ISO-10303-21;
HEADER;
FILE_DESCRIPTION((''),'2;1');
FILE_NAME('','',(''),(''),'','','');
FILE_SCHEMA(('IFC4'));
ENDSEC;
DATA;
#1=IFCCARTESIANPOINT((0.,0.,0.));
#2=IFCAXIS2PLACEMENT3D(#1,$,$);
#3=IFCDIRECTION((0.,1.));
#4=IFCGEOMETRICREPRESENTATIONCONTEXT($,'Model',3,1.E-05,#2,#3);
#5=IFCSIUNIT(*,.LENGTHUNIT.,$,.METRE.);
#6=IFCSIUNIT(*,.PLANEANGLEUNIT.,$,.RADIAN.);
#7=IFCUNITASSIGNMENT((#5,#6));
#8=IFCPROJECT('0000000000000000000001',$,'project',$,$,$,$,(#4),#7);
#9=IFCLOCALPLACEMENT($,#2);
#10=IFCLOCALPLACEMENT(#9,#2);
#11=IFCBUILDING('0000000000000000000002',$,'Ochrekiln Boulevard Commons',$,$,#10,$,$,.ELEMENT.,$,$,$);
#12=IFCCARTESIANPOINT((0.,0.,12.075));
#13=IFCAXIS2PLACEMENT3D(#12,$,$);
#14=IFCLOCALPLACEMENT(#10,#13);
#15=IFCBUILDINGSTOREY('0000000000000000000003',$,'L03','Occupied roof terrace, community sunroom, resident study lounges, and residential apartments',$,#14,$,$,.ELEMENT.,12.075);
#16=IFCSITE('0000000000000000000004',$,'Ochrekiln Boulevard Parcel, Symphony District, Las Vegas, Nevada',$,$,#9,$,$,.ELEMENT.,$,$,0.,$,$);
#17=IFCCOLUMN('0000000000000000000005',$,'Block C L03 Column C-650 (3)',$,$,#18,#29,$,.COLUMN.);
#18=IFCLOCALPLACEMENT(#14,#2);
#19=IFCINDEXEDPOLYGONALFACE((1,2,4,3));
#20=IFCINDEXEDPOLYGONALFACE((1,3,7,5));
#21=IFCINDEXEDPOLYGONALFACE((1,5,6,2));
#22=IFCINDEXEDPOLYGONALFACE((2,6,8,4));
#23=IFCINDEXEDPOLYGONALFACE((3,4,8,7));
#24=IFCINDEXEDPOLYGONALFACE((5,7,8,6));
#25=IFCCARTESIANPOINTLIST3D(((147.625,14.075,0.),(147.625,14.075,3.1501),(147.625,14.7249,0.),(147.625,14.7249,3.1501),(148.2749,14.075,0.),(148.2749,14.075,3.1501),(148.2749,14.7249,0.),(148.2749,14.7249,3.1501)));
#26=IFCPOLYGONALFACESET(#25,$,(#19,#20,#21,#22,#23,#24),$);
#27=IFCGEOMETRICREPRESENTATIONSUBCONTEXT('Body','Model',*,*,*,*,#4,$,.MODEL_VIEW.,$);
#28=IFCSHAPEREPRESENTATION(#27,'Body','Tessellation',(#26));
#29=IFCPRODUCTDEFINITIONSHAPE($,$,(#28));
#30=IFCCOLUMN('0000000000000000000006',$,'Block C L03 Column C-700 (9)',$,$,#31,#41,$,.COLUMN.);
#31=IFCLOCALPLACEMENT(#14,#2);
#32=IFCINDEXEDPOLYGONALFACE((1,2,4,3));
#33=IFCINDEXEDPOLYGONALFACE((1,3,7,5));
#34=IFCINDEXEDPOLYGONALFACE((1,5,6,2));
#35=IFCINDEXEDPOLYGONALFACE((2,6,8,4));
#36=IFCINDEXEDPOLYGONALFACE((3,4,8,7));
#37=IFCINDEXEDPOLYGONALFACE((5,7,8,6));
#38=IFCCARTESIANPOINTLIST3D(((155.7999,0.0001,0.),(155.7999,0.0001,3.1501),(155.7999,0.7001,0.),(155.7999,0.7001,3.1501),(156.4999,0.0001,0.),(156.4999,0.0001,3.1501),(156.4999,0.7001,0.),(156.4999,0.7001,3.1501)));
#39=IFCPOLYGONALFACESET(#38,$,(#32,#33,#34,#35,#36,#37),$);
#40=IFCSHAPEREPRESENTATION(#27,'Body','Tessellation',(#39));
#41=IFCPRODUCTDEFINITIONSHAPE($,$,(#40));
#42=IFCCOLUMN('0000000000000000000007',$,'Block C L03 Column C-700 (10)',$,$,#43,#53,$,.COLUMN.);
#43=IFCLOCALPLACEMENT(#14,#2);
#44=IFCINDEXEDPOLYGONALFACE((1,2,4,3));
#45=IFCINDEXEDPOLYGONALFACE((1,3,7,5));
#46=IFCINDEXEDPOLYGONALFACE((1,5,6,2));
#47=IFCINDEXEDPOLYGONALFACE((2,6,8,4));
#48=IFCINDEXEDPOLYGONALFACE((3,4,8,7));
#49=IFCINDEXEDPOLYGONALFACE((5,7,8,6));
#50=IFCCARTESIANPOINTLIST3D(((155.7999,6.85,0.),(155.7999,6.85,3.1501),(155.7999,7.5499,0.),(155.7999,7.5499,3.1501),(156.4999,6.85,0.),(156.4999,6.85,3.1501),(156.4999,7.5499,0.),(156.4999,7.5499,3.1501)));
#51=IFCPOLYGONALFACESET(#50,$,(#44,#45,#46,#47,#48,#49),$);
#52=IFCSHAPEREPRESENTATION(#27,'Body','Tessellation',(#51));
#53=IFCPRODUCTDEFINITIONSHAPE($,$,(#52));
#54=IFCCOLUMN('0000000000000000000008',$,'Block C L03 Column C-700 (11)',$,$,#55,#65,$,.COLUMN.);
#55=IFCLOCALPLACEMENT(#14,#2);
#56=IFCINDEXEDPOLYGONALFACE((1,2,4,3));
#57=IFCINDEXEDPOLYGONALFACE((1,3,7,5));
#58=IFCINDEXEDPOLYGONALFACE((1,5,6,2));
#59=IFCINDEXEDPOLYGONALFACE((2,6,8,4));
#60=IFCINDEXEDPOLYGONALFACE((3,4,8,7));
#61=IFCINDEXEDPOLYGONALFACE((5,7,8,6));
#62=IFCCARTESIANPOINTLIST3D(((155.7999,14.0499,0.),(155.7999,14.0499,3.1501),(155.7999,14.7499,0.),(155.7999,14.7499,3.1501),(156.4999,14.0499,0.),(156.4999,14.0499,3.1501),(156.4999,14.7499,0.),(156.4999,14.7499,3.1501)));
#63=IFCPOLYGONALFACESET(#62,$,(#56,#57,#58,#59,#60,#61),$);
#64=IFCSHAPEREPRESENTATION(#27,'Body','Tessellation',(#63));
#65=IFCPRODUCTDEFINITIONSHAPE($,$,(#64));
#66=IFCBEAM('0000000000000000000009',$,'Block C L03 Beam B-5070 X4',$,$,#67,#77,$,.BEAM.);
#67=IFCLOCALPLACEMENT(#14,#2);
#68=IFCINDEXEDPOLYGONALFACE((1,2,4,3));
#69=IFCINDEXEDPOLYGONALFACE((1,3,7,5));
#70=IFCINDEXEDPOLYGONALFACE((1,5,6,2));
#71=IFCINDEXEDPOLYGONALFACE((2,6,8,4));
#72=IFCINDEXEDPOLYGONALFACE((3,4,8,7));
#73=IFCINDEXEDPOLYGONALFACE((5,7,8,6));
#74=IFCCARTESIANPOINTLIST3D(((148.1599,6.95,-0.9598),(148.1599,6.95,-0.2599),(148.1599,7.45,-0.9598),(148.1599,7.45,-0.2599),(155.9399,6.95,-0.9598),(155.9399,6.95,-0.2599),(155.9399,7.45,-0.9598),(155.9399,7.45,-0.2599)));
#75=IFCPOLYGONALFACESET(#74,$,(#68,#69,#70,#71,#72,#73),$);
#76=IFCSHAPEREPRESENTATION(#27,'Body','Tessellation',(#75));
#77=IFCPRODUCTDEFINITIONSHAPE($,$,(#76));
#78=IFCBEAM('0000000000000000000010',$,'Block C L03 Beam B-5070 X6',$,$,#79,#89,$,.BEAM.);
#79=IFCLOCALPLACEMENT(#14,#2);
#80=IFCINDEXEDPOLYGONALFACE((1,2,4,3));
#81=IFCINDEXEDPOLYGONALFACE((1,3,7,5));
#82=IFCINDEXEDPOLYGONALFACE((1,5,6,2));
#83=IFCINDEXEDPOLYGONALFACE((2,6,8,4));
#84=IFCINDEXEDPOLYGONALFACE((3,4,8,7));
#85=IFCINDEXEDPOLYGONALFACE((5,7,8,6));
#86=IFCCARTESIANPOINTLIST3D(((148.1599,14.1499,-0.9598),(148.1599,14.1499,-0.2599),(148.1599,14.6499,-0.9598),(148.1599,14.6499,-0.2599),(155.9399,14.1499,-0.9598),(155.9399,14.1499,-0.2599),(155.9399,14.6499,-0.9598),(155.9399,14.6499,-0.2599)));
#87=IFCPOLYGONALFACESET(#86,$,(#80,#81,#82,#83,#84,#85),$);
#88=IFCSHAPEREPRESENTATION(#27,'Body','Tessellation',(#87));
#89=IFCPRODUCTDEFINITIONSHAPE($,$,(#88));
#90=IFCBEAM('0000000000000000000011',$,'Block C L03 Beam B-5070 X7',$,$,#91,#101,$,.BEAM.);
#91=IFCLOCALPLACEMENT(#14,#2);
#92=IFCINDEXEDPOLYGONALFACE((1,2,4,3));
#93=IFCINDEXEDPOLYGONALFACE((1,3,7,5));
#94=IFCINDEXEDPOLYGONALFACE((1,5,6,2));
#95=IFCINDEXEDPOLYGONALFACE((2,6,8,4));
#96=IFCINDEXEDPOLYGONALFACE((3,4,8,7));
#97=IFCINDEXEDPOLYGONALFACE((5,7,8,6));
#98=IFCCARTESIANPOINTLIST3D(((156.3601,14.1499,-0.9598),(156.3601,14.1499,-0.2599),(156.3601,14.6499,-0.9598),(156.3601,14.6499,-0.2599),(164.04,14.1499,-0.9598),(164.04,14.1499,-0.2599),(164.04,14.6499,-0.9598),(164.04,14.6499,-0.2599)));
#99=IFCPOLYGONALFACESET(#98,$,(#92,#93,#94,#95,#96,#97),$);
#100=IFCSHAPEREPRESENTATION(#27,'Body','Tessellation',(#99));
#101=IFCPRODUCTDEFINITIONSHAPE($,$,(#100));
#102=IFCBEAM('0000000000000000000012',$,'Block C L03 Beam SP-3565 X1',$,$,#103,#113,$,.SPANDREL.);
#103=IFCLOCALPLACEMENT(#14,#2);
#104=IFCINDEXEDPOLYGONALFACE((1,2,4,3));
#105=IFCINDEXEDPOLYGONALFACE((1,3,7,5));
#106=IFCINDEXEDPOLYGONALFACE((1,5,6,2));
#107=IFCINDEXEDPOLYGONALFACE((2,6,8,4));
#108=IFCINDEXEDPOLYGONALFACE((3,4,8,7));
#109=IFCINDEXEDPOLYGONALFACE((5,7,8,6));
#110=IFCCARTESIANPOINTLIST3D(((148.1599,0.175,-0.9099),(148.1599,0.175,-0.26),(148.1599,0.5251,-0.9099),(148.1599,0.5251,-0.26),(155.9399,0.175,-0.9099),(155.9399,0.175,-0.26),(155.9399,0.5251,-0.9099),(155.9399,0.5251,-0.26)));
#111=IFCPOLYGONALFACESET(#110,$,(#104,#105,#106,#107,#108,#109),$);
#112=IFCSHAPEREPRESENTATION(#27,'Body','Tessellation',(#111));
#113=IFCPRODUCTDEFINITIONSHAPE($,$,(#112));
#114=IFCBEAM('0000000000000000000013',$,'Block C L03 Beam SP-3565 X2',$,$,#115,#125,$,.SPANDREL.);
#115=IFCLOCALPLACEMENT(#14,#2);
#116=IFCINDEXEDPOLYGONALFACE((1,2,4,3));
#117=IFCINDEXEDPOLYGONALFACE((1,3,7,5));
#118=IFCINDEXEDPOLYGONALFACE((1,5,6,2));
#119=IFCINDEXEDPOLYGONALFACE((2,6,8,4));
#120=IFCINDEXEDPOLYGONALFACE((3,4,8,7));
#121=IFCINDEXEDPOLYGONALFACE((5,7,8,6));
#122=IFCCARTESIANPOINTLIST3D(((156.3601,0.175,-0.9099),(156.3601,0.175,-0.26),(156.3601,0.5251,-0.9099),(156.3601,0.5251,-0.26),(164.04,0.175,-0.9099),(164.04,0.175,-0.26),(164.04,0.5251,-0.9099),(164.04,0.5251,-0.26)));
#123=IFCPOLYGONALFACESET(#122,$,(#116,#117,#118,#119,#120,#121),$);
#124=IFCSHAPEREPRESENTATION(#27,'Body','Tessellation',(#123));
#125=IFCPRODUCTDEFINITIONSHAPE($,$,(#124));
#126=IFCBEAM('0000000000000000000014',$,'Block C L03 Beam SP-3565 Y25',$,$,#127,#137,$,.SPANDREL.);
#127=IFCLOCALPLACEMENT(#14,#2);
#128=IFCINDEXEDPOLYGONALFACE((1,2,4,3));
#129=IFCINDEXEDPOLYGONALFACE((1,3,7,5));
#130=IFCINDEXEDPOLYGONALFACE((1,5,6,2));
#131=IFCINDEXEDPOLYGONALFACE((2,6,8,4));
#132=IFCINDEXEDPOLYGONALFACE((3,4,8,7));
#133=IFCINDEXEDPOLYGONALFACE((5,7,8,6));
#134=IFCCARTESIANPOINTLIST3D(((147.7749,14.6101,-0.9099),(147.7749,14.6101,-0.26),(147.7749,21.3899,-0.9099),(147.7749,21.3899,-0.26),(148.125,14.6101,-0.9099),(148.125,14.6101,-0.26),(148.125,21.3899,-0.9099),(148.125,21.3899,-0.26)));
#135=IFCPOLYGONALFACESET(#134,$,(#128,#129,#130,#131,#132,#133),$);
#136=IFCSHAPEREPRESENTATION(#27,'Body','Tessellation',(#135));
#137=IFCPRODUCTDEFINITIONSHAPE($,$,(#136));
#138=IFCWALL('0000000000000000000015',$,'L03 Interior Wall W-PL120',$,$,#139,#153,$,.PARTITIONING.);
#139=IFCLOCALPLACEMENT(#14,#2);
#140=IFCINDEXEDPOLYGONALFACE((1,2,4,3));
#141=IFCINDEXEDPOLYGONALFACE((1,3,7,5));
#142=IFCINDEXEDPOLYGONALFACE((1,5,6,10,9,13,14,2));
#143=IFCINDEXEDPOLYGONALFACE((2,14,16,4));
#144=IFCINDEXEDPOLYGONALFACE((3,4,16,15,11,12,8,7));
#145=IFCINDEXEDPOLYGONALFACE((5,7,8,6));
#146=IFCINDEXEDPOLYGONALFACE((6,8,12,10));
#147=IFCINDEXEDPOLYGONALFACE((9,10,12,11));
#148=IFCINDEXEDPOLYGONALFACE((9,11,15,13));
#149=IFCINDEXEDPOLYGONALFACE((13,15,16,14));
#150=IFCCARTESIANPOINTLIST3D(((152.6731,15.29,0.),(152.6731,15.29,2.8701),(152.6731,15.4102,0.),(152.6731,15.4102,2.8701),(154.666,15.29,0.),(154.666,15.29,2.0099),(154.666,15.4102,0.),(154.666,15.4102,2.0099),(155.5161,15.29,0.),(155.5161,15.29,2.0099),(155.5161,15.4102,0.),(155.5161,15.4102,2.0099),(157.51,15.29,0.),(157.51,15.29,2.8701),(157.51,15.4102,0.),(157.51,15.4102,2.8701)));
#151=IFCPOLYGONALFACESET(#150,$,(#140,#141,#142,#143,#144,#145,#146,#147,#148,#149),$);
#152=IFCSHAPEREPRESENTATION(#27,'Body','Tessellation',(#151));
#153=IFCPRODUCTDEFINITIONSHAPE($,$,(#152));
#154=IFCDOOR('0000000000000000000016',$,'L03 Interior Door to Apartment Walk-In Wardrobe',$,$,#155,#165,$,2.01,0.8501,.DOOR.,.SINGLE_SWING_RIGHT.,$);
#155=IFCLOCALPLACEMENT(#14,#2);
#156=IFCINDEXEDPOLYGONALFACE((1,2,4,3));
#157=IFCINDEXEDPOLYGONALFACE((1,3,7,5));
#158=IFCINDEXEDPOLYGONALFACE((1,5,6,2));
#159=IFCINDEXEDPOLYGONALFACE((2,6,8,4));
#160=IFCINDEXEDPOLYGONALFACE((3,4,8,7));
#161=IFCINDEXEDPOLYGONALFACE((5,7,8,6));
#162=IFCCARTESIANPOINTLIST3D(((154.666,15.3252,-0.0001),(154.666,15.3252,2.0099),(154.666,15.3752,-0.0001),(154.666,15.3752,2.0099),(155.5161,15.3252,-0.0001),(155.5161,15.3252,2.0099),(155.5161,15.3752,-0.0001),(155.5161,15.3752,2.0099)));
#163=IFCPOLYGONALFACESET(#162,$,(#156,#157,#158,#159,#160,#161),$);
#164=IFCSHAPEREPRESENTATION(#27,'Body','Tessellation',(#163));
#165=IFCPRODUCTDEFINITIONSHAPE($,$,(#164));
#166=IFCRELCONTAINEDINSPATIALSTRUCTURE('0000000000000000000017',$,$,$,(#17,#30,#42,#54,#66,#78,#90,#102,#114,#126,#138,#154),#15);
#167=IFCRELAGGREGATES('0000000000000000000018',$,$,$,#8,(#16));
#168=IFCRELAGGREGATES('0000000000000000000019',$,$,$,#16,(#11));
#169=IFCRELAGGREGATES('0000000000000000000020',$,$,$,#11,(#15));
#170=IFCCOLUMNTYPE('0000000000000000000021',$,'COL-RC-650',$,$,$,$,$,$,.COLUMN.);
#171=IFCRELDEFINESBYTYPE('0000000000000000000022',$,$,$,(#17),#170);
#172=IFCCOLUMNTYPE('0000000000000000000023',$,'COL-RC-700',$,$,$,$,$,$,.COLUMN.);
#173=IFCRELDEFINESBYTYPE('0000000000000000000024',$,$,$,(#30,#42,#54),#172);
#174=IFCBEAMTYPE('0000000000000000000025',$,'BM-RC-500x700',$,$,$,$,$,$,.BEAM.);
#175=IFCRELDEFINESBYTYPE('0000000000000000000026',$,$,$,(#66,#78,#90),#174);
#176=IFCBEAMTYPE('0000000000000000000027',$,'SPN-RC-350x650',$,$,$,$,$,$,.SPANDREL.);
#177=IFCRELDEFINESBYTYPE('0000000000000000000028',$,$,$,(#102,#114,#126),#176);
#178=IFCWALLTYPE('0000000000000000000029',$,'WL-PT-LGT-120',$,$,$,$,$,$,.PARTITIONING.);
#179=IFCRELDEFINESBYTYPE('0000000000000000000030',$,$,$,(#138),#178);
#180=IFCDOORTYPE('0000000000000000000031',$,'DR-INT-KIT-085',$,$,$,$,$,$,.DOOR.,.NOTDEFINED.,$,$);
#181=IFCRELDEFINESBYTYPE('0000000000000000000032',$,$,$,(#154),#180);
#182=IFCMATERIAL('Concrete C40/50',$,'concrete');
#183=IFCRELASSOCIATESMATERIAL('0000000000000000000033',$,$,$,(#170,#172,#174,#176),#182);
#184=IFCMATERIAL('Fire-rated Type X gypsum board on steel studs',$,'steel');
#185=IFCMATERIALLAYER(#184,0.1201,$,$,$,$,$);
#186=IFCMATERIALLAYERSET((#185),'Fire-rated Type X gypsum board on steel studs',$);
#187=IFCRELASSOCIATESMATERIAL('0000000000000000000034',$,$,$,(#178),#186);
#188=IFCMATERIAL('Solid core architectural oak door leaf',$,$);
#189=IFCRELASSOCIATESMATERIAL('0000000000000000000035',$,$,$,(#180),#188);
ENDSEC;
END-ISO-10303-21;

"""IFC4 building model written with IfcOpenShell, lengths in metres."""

from ifc_helpers import new_model, si_unit, direction, frame, frame_2d, origin, origin_2d, place, context, subcontext, project, spatial, rectangle, extrude, material, layer, layer_set, material_profile, profile_set, type_object, element, fill, save


model = new_model("IFC4")

# Units and contexts
model_context = context("Model", 3, precision=1e-05, world=origin(), true_north=direction((0.0, 1.0)))
body_context = subcontext(model_context, "Body", "Model", "MODEL_VIEW")
ifc_project = project(units=[si_unit("LENGTHUNIT", "METRE"), si_unit("PLANEANGLEUNIT", "RADIAN")], contexts=[model_context])

# Site, building, storey
site_placement = place(None, origin())
site = spatial("IfcSite", under=ifc_project, at=site_placement, Name="Ochrekiln Boulevard Parcel, Symphony District, Las Vegas, Nevada", CompositionType="ELEMENT", RefElevation=0.0)
building_placement = place(site_placement, origin())
building = spatial("IfcBuilding", under=site, at=building_placement, Name="Ochrekiln Boulevard Commons", CompositionType="ELEMENT")
storey_placement = place(building_placement, frame((0.0, 0.0, 12.075)))
storey = spatial("IfcBuildingStorey", under=building, at=storey_placement, Name="L03", Description="Occupied roof terrace, community sunroom, resident study lounges, and residential apartments", CompositionType="ELEMENT", Elevation=12.075)

# Columns
ifc_material_1 = material(Name="Concrete C40/50", Category="concrete")
ifc_material_profile_1 = material_profile(ifc_material_1, rectangle(XDim=0.6499, YDim=0.6499, at=origin_2d()), Name="RC-COL-650x650")
ifc_profile_set_1 = profile_set([ifc_material_profile_1], Name="Concrete C40/50")
column_type_1 = type_object("IfcColumnType", Name="COL-RC-650", PredefinedType="COLUMN", material=ifc_profile_set_1)
column_placement = place(storey_placement, frame((147.95, 14.3999, 0.0), z_axis=(0.0, 0.0, 1.0), x_axis=(1.0, 0.0, 0.0)))
element("IfcColumn", 1, at=column_placement, inside=storey, type_object=column_type_1, Name="Block C L03 Column C-650 (3)", PredefinedType="COLUMN", context=body_context, shape_type="SweptSolid", body=[
    extrude(rectangle(XDim=0.6499, YDim=0.6499, at=origin_2d()), origin(), (0.0, 0.0, 1.0), 3.1501),
])
ifc_material_profile_2 = material_profile(ifc_material_1, rectangle(XDim=0.7, YDim=0.7, at=origin_2d()), Name="RC-COL-700x700")
ifc_profile_set_2 = profile_set([ifc_material_profile_2], Name="Concrete C40/50")
column_type_2 = type_object("IfcColumnType", Name="COL-RC-700", PredefinedType="COLUMN", material=ifc_profile_set_2)
for number, where, z_axis, x_axis, name in (
    (2, (156.1499, 0.3501, 0.0), (0.0, 0.0, 1.0), (1.0, 0.0, 0.0), "Block C L03 Column C-700 (9)"),
    (3, (156.1499, 7.2, 0.0), (0.0, 0.0, 1.0), (1.0, 0.0, 0.0), "Block C L03 Column C-700 (10)"),
    (4, (156.1499, 14.3999, 0.0), (0.0, 0.0, 1.0), (1.0, 0.0, 0.0), "Block C L03 Column C-700 (11)"),
):
    element("IfcColumn", number, at=place(storey_placement, frame(where, z_axis=z_axis, x_axis=x_axis)), inside=storey, type_object=column_type_2, Name=name, PredefinedType="COLUMN", context=body_context, shape_type="SweptSolid", body=[
        extrude(rectangle(XDim=0.7, YDim=0.7, at=origin_2d()), origin(), (0.0, 0.0, 1.0), 3.1501),
    ])

# Beams
ifc_material_profile_3 = material_profile(ifc_material_1, rectangle(XDim=0.5, YDim=0.7, at=origin_2d()), Name="RC-BM-500x700")
ifc_profile_set_3 = profile_set([ifc_material_profile_3], Name="Concrete C40/50")
beam_type_1 = type_object("IfcBeamType", Name="BM-RC-500x700", PredefinedType="BEAM", material=ifc_profile_set_3)
for number, where, z_axis, x_axis, name in (
    (5, (148.1599, 7.2, -0.6099), (1.0, 0.0, 0.0), (0.0, 1.0, 0.0), "Block C L03 Beam B-5070 X4"),
    (6, (148.1599, 14.3999, -0.6099), (1.0, 0.0, 0.0), (0.0, 1.0, 0.0), "Block C L03 Beam B-5070 X6"),
):
    element("IfcBeam", number, at=place(storey_placement, frame(where, z_axis=z_axis, x_axis=x_axis)), inside=storey, type_object=beam_type_1, Name=name, PredefinedType="BEAM", context=body_context, shape_type="SweptSolid", body=[
        extrude(rectangle(XDim=0.5, YDim=0.7, at=origin_2d()), origin(), (0.0, 0.0, 1.0), 7.78),
    ])
beam_1_placement = place(storey_placement, frame((156.3601, 14.3999, -0.6099), z_axis=(1.0, 0.0, 0.0), x_axis=(0.0, 1.0, 0.0)))
element("IfcBeam", 7, at=beam_1_placement, inside=storey, type_object=beam_type_1, Name="Block C L03 Beam B-5070 X7", PredefinedType="BEAM", context=body_context, shape_type="SweptSolid", body=[
    extrude(rectangle(XDim=0.5, YDim=0.7, at=origin_2d()), origin(), (0.0, 0.0, 1.0), 7.6799),
])
ifc_material_profile_4 = material_profile(ifc_material_1, rectangle(XDim=0.3501, YDim=0.6499, at=origin_2d()), Name="RC-SPN-350x650")
ifc_profile_set_4 = profile_set([ifc_material_profile_4], Name="Concrete C40/50")
beam_type_2 = type_object("IfcBeamType", Name="SPN-RC-350x650", PredefinedType="SPANDREL", material=ifc_profile_set_4)
beam_2_placement = place(storey_placement, frame((148.1599, 0.3501, -0.585), z_axis=(1.0, 0.0, 0.0), x_axis=(0.0, 1.0, 0.0)))
element("IfcBeam", 8, at=beam_2_placement, inside=storey, type_object=beam_type_2, Name="Block C L03 Beam SP-3565 X1", PredefinedType="SPANDREL", context=body_context, shape_type="SweptSolid", body=[
    extrude(rectangle(XDim=0.3501, YDim=0.6499, at=origin_2d()), origin(), (0.0, 0.0, 1.0), 7.78),
])
beam_3_placement = place(storey_placement, frame((156.3601, 0.3501, -0.585), z_axis=(1.0, 0.0, 0.0), x_axis=(0.0, 1.0, 0.0)))
element("IfcBeam", 9, at=beam_3_placement, inside=storey, type_object=beam_type_2, Name="Block C L03 Beam SP-3565 X2", PredefinedType="SPANDREL", context=body_context, shape_type="SweptSolid", body=[
    extrude(rectangle(XDim=0.3501, YDim=0.6499, at=origin_2d()), origin(), (0.0, 0.0, 1.0), 7.6799),
])
beam_4_placement = place(storey_placement, frame((147.95, 14.6101, -0.585), z_axis=(0.0, 1.0, 0.0), x_axis=(-1.0, 0.0, 0.0)))
element("IfcBeam", 10, at=beam_4_placement, inside=storey, type_object=beam_type_2, Name="Block C L03 Beam SP-3565 Y25", PredefinedType="SPANDREL", context=body_context, shape_type="SweptSolid", body=[
    extrude(rectangle(XDim=0.3501, YDim=0.6499, at=origin_2d()), origin(), (0.0, 0.0, 1.0), 6.7798),
])

# Wall, opening, door
ifc_material_2 = material(Name="Fire-rated Type X gypsum board on steel studs", Category="steel")
ifc_layer_1 = layer(ifc_material_2, 0.1201)
ifc_layer_set_1 = layer_set([ifc_layer_1], Name="Fire-rated Type X gypsum board on steel studs")
wall_type_1 = type_object("IfcWallType", Name="WL-PT-LGT-120", PredefinedType="PARTITIONING", material=ifc_layer_set_1)
wall_1_placement = place(storey_placement, frame((152.6731, 15.3501, 0.0), z_axis=(0.0, 0.0, 1.0), x_axis=(1.0, 0.0, 0.0)))
wall_1 = element("IfcWall", 11, at=wall_1_placement, inside=storey, type_object=wall_type_1, Name="L03 Interior Wall W-PL120", PredefinedType="PARTITIONING", context=body_context, shape_type="SweptSolid", body=[
    extrude(rectangle(XDim=4.8369, YDim=0.1201, at=frame_2d((2.4185, 0.0))), origin(), (0.0, 0.0, 1.0), 2.8701),
])
opening_1_placement = place(wall_1_placement, frame((1.9929, 0.0, 0.0)))
opening_1 = element("IfcOpeningElement", 12, at=opening_1_placement, cuts=wall_1, PredefinedType="OPENING", context=body_context, shape_type="SweptSolid", body=[
    extrude(rectangle(XDim=0.8501, YDim=2.01, at=frame_2d((0.425, 1.0049))), frame((0.0, 0.0701, 0.0), z_axis=(0.0, -1.0, 0.0), x_axis=(1.0, 0.0, 0.0)), (0.0, 0.0, 1.0), 0.1401),
])
ifc_material_3 = material(Name="Solid core architectural oak door leaf")
door_type = type_object("IfcDoorType", Name="DR-INT-KIT-085", OperationType="NOTDEFINED", PredefinedType="DOOR", material=ifc_material_3)
door_1_placement = place(opening_1_placement, frame((0.8501, 0.0, 0.0), z_axis=(0.0, 0.0, 1.0), x_axis=(-1.0, 0.0, 0.0)))
door_1 = element("IfcDoor", 13, at=door_1_placement, inside=storey, type_object=door_type, Name="L03 Interior Door to Apartment Walk-In Wardrobe", OperationType="SINGLE_SWING_RIGHT", OverallHeight=2.01, OverallWidth=0.8501, PredefinedType="DOOR", context=body_context, shape_type="SweptSolid", body=[
    extrude(rectangle(XDim=0.8501, YDim=2.01, at=frame_2d((0.425, 1.0049))), frame((0.0, 0.0249, 0.0), z_axis=(0.0, -1.0, 0.0), x_axis=(1.0, 0.0, 0.0)), (0.0, 0.0, 1.0), 0.05),
])
fill(opening_1, door_1)

save(model, "model.ifc")
